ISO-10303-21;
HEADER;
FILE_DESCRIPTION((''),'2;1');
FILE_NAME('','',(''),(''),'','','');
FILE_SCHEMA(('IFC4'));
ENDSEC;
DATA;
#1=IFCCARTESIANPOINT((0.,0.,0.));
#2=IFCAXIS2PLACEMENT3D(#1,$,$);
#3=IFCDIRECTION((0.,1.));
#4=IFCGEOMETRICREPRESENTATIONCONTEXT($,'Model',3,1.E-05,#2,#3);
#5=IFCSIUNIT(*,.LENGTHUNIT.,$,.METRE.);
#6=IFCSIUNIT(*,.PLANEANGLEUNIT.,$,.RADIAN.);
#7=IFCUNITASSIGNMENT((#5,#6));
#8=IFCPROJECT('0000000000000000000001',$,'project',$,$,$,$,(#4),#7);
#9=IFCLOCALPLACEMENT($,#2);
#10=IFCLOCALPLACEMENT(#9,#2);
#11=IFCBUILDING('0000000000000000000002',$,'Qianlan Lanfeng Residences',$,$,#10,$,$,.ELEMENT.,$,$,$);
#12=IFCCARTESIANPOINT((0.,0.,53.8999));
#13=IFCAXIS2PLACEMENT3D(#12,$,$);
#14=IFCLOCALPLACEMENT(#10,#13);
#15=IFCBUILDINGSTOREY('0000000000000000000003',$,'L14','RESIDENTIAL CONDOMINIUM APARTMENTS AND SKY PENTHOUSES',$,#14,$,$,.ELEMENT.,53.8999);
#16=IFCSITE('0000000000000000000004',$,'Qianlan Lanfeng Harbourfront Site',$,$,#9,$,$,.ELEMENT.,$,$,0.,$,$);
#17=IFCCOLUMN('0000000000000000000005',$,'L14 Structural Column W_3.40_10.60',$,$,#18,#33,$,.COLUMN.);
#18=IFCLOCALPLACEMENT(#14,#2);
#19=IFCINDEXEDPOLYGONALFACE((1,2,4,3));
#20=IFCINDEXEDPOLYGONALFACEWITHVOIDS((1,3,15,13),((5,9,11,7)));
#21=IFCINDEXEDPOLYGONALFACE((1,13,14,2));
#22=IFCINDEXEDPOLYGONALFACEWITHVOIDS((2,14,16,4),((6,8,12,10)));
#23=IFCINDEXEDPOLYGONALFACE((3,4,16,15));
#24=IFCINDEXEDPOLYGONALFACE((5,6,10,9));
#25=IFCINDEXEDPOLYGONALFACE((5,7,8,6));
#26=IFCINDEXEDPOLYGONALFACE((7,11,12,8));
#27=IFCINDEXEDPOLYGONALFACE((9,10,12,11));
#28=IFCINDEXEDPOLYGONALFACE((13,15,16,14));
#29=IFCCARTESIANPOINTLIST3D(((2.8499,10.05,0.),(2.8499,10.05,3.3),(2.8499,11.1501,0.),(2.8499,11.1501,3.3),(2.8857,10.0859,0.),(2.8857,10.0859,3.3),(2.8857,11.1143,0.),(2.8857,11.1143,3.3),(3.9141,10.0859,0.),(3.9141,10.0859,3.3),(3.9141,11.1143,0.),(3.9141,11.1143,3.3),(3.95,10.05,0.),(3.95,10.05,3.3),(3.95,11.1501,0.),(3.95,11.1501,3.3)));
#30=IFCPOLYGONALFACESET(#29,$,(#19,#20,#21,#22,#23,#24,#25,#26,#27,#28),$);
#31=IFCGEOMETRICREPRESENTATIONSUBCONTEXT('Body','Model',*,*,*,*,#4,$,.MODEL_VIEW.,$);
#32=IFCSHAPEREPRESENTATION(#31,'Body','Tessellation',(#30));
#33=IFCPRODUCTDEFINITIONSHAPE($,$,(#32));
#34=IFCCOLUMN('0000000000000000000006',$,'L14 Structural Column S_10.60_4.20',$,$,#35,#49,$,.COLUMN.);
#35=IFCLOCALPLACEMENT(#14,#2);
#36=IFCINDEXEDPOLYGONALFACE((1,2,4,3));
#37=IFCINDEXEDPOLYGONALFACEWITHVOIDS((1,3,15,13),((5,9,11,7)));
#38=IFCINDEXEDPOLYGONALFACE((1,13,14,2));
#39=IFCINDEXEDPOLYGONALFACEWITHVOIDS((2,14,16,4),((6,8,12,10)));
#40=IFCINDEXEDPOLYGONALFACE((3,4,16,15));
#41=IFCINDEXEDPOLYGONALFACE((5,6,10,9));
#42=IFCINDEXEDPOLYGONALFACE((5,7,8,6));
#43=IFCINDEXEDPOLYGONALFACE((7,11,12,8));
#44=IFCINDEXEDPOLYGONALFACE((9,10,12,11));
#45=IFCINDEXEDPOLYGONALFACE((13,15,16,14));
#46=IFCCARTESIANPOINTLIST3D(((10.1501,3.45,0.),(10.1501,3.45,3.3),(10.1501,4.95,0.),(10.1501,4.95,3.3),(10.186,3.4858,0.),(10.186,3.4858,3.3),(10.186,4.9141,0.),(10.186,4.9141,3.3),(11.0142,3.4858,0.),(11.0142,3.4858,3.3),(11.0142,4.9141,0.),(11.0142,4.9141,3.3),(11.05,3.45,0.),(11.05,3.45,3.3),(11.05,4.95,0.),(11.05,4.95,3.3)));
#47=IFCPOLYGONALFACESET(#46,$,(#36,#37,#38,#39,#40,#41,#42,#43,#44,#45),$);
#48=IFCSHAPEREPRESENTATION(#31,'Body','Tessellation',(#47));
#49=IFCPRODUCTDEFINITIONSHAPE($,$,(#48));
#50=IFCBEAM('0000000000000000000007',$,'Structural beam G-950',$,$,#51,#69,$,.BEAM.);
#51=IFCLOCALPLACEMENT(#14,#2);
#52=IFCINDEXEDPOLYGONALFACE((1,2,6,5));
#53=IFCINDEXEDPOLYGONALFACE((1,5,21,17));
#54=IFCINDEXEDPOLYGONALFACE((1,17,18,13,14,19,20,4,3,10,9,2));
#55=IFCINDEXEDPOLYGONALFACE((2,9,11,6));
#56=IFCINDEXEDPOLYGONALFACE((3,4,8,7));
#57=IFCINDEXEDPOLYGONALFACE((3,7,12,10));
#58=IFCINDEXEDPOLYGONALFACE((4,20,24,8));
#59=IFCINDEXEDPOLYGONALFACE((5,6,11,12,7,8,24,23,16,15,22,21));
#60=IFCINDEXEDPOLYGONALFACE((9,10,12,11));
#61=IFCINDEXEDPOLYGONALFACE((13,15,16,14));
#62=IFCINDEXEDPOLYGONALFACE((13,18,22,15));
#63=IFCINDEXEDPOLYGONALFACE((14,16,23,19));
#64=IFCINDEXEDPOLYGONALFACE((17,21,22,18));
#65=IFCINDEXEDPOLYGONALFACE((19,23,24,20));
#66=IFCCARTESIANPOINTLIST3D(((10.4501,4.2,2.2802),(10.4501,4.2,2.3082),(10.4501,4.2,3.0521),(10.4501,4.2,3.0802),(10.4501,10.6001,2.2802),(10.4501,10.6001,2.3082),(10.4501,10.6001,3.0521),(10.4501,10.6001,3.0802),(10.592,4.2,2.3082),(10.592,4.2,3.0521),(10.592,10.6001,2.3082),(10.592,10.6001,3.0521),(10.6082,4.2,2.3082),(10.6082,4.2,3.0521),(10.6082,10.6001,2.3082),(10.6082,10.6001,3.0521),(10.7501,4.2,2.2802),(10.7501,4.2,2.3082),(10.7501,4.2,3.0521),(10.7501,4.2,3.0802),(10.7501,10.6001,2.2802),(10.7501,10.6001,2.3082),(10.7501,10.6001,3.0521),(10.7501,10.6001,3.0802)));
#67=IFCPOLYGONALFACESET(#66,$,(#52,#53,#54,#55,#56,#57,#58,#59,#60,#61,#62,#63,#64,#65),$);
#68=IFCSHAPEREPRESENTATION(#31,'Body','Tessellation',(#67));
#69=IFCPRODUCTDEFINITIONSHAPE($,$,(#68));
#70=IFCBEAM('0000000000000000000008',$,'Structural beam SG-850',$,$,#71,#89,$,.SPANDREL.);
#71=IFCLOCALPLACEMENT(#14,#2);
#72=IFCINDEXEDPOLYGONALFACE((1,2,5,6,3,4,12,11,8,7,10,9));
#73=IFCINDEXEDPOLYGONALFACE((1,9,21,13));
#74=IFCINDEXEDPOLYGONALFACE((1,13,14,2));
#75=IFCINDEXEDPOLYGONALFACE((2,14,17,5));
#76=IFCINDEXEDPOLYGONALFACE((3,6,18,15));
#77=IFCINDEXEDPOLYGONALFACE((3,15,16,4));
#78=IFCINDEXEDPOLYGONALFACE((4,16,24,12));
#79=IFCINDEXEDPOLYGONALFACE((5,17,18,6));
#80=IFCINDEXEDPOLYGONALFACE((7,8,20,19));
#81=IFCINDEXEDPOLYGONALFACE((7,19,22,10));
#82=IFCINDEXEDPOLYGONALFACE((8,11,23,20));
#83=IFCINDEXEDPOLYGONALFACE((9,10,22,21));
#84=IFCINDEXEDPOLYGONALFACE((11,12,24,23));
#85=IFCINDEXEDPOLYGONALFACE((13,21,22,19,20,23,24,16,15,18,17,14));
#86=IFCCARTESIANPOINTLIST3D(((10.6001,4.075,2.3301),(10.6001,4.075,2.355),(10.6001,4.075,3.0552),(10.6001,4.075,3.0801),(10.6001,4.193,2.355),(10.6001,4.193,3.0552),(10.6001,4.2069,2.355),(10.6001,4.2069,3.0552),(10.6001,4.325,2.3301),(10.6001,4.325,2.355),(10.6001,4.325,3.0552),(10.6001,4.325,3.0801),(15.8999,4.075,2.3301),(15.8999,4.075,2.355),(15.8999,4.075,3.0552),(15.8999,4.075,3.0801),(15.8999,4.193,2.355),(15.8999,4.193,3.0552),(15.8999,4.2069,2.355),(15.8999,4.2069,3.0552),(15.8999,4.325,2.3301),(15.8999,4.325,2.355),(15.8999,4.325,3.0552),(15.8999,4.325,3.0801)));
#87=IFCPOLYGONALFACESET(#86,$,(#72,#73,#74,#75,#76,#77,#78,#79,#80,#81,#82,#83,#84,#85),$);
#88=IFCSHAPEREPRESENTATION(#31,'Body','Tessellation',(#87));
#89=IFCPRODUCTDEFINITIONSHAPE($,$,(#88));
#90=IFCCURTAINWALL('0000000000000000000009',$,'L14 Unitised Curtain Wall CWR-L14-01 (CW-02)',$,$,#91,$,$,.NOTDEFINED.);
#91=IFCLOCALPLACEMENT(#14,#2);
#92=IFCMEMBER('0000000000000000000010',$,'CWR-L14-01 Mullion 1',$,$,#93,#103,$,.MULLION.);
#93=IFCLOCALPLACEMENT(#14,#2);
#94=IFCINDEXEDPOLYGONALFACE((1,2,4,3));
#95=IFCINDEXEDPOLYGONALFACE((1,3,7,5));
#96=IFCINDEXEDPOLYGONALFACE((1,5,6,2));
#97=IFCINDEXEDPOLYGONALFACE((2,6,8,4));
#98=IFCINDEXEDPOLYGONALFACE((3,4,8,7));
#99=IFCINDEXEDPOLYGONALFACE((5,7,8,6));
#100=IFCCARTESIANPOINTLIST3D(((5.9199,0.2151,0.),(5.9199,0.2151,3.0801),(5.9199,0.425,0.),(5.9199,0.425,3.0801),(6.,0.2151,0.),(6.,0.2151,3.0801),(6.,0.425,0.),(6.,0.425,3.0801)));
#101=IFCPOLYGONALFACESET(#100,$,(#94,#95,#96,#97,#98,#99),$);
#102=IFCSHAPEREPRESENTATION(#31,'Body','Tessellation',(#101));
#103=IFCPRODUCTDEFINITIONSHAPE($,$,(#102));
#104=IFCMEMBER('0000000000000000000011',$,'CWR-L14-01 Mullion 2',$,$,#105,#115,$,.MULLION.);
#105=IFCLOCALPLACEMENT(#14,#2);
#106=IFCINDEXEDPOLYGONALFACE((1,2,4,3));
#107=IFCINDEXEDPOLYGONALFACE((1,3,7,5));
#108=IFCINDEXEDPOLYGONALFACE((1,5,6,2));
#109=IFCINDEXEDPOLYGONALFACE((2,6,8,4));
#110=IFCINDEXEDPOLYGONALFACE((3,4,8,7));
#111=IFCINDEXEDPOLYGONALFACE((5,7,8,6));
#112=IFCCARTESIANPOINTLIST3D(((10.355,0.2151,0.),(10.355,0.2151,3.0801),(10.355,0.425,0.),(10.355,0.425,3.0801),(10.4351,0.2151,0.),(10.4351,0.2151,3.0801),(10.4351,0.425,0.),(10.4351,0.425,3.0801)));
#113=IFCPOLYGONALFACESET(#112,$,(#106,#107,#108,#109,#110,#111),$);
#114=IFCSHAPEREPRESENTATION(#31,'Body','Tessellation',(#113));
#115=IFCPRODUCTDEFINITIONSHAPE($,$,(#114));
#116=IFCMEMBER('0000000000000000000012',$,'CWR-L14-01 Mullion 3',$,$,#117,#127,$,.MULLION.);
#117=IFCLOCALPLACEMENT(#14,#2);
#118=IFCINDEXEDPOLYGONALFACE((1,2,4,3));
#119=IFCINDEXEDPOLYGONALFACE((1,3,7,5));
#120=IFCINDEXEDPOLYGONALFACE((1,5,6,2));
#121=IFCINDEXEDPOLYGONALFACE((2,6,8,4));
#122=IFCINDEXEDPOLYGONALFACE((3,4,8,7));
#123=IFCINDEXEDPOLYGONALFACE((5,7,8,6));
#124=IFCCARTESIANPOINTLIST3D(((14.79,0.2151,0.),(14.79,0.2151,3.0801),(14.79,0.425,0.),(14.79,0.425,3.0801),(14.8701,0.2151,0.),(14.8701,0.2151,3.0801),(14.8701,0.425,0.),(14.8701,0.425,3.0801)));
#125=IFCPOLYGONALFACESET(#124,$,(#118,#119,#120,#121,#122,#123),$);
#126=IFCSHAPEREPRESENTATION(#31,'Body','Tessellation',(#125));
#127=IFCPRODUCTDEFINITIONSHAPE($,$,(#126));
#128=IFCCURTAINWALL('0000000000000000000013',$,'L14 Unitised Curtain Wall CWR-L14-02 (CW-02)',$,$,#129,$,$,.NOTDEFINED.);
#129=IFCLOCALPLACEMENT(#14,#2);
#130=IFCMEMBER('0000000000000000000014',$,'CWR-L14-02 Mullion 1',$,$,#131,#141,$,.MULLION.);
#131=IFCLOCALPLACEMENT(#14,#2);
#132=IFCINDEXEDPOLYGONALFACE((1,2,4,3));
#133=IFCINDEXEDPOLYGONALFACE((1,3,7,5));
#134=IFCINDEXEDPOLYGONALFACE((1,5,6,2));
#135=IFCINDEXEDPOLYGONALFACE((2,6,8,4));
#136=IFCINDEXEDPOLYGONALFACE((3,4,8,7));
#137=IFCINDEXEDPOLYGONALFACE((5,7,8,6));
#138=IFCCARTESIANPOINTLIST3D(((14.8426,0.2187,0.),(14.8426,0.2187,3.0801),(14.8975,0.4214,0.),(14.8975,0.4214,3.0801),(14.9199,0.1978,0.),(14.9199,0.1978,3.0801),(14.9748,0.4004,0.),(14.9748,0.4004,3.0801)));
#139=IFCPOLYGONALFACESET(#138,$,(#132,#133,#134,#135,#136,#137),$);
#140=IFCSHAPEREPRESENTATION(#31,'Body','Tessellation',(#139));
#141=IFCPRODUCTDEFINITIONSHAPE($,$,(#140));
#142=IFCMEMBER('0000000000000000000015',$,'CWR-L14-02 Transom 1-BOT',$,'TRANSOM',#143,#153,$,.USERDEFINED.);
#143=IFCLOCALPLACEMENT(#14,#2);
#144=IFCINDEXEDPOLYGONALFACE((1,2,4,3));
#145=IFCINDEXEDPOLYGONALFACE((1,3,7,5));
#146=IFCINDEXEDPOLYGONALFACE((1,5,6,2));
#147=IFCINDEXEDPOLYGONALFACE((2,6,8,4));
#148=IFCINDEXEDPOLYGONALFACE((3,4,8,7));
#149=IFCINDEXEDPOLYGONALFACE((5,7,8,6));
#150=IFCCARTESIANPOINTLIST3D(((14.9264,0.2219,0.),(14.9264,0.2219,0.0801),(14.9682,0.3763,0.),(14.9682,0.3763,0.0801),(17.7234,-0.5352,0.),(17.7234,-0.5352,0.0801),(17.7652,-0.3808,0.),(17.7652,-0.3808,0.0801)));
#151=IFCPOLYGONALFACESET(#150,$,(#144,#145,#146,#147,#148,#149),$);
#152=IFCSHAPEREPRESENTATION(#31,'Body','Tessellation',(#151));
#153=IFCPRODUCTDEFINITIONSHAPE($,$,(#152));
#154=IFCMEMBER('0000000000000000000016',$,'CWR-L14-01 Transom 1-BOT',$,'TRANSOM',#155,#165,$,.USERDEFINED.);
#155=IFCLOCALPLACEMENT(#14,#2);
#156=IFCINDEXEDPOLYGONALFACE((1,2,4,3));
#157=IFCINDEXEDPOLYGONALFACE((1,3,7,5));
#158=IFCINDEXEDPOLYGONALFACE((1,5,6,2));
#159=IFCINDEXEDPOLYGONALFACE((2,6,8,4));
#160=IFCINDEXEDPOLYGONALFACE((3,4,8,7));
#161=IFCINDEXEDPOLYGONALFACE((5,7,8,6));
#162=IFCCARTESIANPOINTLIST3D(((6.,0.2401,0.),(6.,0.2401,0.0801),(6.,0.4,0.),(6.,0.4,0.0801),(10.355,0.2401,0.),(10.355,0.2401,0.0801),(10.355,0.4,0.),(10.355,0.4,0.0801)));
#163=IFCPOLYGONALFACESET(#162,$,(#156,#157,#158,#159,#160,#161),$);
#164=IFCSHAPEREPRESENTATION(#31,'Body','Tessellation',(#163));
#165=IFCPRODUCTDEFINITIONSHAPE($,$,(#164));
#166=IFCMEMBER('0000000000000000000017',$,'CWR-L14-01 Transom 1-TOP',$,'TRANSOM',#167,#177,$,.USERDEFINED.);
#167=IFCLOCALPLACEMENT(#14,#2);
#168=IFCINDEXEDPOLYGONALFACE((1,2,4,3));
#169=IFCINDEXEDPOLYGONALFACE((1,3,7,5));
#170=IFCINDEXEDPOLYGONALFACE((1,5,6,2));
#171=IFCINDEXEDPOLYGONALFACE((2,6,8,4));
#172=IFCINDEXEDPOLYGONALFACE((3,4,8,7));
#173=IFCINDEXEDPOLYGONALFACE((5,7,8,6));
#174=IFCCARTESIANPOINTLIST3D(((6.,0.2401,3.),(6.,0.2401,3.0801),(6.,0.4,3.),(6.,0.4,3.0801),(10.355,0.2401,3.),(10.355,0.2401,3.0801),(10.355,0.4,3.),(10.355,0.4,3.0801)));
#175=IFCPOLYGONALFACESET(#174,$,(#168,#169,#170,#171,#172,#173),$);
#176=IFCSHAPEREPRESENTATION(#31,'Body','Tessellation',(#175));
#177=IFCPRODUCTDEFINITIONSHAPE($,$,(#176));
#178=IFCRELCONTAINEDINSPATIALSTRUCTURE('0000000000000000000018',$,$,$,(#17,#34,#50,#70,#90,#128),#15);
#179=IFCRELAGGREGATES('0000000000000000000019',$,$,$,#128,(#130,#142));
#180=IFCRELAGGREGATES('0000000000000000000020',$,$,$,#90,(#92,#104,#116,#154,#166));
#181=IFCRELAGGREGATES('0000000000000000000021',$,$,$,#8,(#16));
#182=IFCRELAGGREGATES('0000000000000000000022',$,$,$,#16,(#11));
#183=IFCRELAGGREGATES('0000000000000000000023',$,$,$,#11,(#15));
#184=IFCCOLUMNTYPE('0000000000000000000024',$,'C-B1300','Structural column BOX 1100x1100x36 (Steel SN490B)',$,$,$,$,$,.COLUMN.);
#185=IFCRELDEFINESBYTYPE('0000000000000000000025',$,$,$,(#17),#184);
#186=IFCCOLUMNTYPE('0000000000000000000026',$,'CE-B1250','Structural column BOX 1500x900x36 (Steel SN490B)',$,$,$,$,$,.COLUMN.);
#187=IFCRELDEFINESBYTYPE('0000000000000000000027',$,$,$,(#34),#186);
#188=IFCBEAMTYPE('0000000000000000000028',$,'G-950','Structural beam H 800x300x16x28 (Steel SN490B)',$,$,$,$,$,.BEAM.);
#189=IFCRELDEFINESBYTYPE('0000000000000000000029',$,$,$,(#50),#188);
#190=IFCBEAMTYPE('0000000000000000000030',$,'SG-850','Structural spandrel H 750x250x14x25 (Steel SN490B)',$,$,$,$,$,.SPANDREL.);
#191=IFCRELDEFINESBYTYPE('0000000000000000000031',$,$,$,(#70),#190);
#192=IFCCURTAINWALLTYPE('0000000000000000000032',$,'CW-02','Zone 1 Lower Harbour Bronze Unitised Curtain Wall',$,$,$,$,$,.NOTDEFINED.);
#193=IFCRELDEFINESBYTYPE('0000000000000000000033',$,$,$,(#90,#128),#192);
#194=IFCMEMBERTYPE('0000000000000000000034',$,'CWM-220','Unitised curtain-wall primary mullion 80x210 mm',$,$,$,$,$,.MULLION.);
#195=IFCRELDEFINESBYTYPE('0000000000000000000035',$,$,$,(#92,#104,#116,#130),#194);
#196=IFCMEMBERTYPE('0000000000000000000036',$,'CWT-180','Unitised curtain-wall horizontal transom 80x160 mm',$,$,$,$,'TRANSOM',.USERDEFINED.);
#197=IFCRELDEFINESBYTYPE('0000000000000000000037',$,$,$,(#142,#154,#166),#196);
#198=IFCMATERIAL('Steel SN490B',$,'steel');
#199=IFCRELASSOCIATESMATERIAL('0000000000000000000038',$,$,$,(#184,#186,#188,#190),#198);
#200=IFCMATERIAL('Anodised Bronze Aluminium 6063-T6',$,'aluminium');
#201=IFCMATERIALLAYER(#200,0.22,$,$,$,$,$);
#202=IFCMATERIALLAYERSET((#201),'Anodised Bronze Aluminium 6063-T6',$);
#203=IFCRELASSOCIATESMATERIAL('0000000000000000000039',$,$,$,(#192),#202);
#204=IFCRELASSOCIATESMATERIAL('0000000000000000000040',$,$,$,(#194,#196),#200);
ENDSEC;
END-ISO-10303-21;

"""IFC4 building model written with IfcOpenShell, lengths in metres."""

from ifc_helpers import new_model, si_unit, direction, frame, origin, origin_2d, place, context, subcontext, project, spatial, rectangle, hollow_rectangle, i_section, extrude, source, transform, mapped, material, layer, layer_set, material_profile, profile_set, type_object, element, aggregate, save


model = new_model("IFC4")

# Units and contexts
model_context = context("Model", 3, precision=1e-05, world=origin(), true_north=direction((0.0, 1.0)))
body_context = subcontext(model_context, "Body", "Model", "MODEL_VIEW")
ifc_project = project(units=[si_unit("LENGTHUNIT", "METRE"), si_unit("PLANEANGLEUNIT", "RADIAN")], contexts=[model_context])

# Site, building, storey
site_placement = place(None, origin())
site = spatial("IfcSite", under=ifc_project, at=site_placement, Name="Qianlan Lanfeng Harbourfront Site", CompositionType="ELEMENT", RefElevation=0.0)
building_placement = place(site_placement, origin())
building = spatial("IfcBuilding", under=site, at=building_placement, Name="Qianlan Lanfeng Residences", CompositionType="ELEMENT")
storey_placement = place(building_placement, frame((0.0, 0.0, 53.8999)))
storey = spatial("IfcBuildingStorey", under=building, at=storey_placement, Name="L14", Description="RESIDENTIAL CONDOMINIUM APARTMENTS AND SKY PENTHOUSES", CompositionType="ELEMENT", Elevation=53.8999)

# Columns
ifc_material_1 = material(Name="Steel SN490B", Category="steel")
ifc_material_profile_1 = material_profile(ifc_material_1, hollow_rectangle(XDim=1.1001, YDim=1.1001, WallThickness=0.0359, at=origin_2d()), Name="BOX 1100x1100x36")
ifc_profile_set_1 = profile_set([ifc_material_profile_1], Name="Steel SN490B")
column_type_1 = type_object("IfcColumnType", Name="C-B1300", Description="Structural column BOX 1100x1100x36 (Steel SN490B)", PredefinedType="COLUMN", material=ifc_profile_set_1)
column_1_placement = place(storey_placement, frame((3.3999, 10.6001, 0.0), z_axis=(0.0, 0.0, 1.0), x_axis=(1.0, 0.0, 0.0)))
element("IfcColumn", 1, at=column_1_placement, inside=storey, type_object=column_type_1, Name="L14 Structural Column W_3.40_10.60", PredefinedType="COLUMN", context=body_context, shape_type="SweptSolid", body=[
    extrude(hollow_rectangle(XDim=1.1001, YDim=1.1001, WallThickness=0.0359, at=origin_2d()), origin(), (0.0, 0.0, 1.0), 3.3),
])
ifc_material_profile_2 = material_profile(ifc_material_1, hollow_rectangle(XDim=0.8999, YDim=1.5, WallThickness=0.0359, at=origin_2d()), Name="BOX 1500x900x36")
ifc_profile_set_2 = profile_set([ifc_material_profile_2], Name="Steel SN490B")
column_type_2 = type_object("IfcColumnType", Name="CE-B1250", Description="Structural column BOX 1500x900x36 (Steel SN490B)", PredefinedType="COLUMN", material=ifc_profile_set_2)
column_2_placement = place(storey_placement, frame((10.6001, 4.2, 0.0), z_axis=(0.0, 0.0, 1.0), x_axis=(1.0, 0.0, 0.0)))
element("IfcColumn", 2, at=column_2_placement, inside=storey, type_object=column_type_2, Name="L14 Structural Column S_10.60_4.20", PredefinedType="COLUMN", context=body_context, shape_type="SweptSolid", body=[
    extrude(hollow_rectangle(XDim=0.8999, YDim=1.5, WallThickness=0.0359, at=origin_2d()), origin(), (0.0, 0.0, 1.0), 3.3),
])

# Beams
ifc_material_profile_3 = material_profile(ifc_material_1, i_section(OverallWidth=0.3, OverallDepth=0.8, WebThickness=0.0161, FlangeThickness=0.0281, at=origin_2d()), Name="H 800x300x16x28")
ifc_profile_set_3 = profile_set([ifc_material_profile_3], Name="Steel SN490B")
beam_type_1 = type_object("IfcBeamType", Name="G-950", Description="Structural beam H 800x300x16x28 (Steel SN490B)", PredefinedType="BEAM", material=ifc_profile_set_3)
beam_1_placement = place(storey_placement, frame((10.6001, 4.2, 2.6802), z_axis=(0.0, 1.0, 0.0), x_axis=(-1.0, 0.0, 0.0)))
element("IfcBeam", 3, at=beam_1_placement, inside=storey, type_object=beam_type_1, Name="Structural beam G-950", PredefinedType="BEAM", context=body_context, shape_type="SweptSolid", body=[
    extrude(i_section(OverallWidth=0.3, OverallDepth=0.8, WebThickness=0.0161, FlangeThickness=0.0281, at=origin_2d()), origin(), (0.0, 0.0, 1.0), 6.4001),
])
ifc_material_profile_4 = material_profile(ifc_material_1, i_section(OverallWidth=0.25, OverallDepth=0.75, WebThickness=0.0139, FlangeThickness=0.0249, at=origin_2d()), Name="H 750x250x14x25")
ifc_profile_set_4 = profile_set([ifc_material_profile_4], Name="Steel SN490B")
beam_type_2 = type_object("IfcBeamType", Name="SG-850", Description="Structural spandrel H 750x250x14x25 (Steel SN490B)", PredefinedType="SPANDREL", material=ifc_profile_set_4)
beam_2_placement = place(storey_placement, frame((10.6001, 4.2, 2.7051), z_axis=(1.0, 0.0, 0.0), x_axis=(0.0, 1.0, 0.0)))
element("IfcBeam", 4, at=beam_2_placement, inside=storey, type_object=beam_type_2, Name="Structural beam SG-850", PredefinedType="SPANDREL", context=body_context, shape_type="SweptSolid", body=[
    extrude(i_section(OverallWidth=0.25, OverallDepth=0.75, WebThickness=0.0139, FlangeThickness=0.0249, at=origin_2d()), origin(), (0.0, 0.0, 1.0), 5.2998),
])

# Curtain walls, members
ifc_material_2 = material(Name="Anodised Bronze Aluminium 6063-T6", Category="aluminium")
ifc_layer_1 = layer(ifc_material_2, 0.22)
ifc_layer_set_1 = layer_set([ifc_layer_1], Name="Anodised Bronze Aluminium 6063-T6")
curtain_wall_type = type_object("IfcCurtainWallType", Name="CW-02", Description="Zone 1 Lower Harbour Bronze Unitised Curtain Wall", PredefinedType="NOTDEFINED", material=ifc_layer_set_1)
curtain_wall_1_placement = place(storey_placement, origin())
curtain_wall_1 = element("IfcCurtainWall", 5, at=curtain_wall_1_placement, inside=storey, type_object=curtain_wall_type, Name="L14 Unitised Curtain Wall CWR-L14-01 (CW-02)", PredefinedType="NOTDEFINED")
ifc_material_profile_5 = material_profile(ifc_material_2, rectangle(XDim=0.0801, YDim=0.21, at=origin_2d()), Name="ALU MULLION 80x210")
ifc_profile_set_5 = profile_set([ifc_material_profile_5], Name="Anodised Bronze Aluminium 6063-T6")
member_type_1 = type_object("IfcMemberType", Name="CWM-220", Description="Unitised curtain-wall primary mullion 80x210 mm", PredefinedType="MULLION", material=ifc_profile_set_5)
shared_shape_1 = source(origin(), body_context, "Body", "SweptSolid", [
    extrude(rectangle(XDim=0.0801, YDim=0.21, at=origin_2d()), origin(), (0.0, 0.0, 1.0), 3.0801),
])
member_1_placement = place(storey_placement, frame((5.96, 0.3201, 0.0), z_axis=(0.0, 0.0, 1.0), x_axis=(1.0, 0.0, 0.0)))
member_1 = element("IfcMember", 6, at=member_1_placement, type_object=member_type_1, Name="CWR-L14-01 Mullion 1", PredefinedType="MULLION", context=body_context, shape_type="MappedRepresentation", body=[
    mapped(shared_shape_1, transform((0.0, 0.0, 0.0), scale=1.0)),
])
member_2_placement = place(storey_placement, frame((10.395, 0.3201, 0.0), z_axis=(0.0, 0.0, 1.0), x_axis=(1.0, 0.0, 0.0)))
member_2 = element("IfcMember", 7, at=member_2_placement, type_object=member_type_1, Name="CWR-L14-01 Mullion 2", PredefinedType="MULLION", context=body_context, shape_type="MappedRepresentation", body=[
    mapped(shared_shape_1, transform((0.0, 0.0, 0.0), scale=1.0)),
])
member_3_placement = place(storey_placement, frame((14.8301, 0.3201, 0.0), z_axis=(0.0, 0.0, 1.0), x_axis=(1.0, 0.0, 0.0)))
member_3 = element("IfcMember", 8, at=member_3_placement, type_object=member_type_1, Name="CWR-L14-01 Mullion 3", PredefinedType="MULLION", context=body_context, shape_type="MappedRepresentation", body=[
    mapped(shared_shape_1, transform((0.0, 0.0, 0.0), scale=1.0)),
])
curtain_wall_2_placement = place(storey_placement, origin())
curtain_wall_2 = element("IfcCurtainWall", 9, at=curtain_wall_2_placement, inside=storey, type_object=curtain_wall_type, Name="L14 Unitised Curtain Wall CWR-L14-02 (CW-02)", PredefinedType="NOTDEFINED")
member_4_placement = place(storey_placement, frame((14.9087, 0.3096, 0.0), z_axis=(0.0, 0.0, 1.0), x_axis=(0.965263, -0.261281, 0.0)))
member_4 = element("IfcMember", 10, at=member_4_placement, type_object=member_type_1, Name="CWR-L14-02 Mullion 1", PredefinedType="MULLION", context=body_context, shape_type="MappedRepresentation", body=[
    mapped(shared_shape_1, transform((0.0, 0.0, 0.0), scale=1.0)),
])
ifc_material_profile_6 = material_profile(ifc_material_2, rectangle(XDim=0.0801, YDim=0.1599, at=origin_2d()), Name="ALU TRANSOM 80x160")
ifc_profile_set_6 = profile_set([ifc_material_profile_6], Name="Anodised Bronze Aluminium 6063-T6")
member_type_2 = type_object("IfcMemberType", Name="CWT-180", Description="Unitised curtain-wall horizontal transom 80x160 mm", ElementType="TRANSOM", PredefinedType="USERDEFINED", material=ifc_profile_set_6)
shared_shape_2 = source(origin(), body_context, "Body", "SweptSolid", [
    extrude(rectangle(XDim=0.0801, YDim=0.1599, at=origin_2d()), origin(), (0.0, 0.0, 1.0), 2.8977),
])
member_5_placement = place(storey_placement, frame((14.9473, 0.2991, 0.04), z_axis=(0.965268, -0.261263, 0.0), x_axis=(0.0, 0.0, 1.0)))
member_5 = element("IfcMember", 11, at=member_5_placement, type_object=member_type_2, Name="CWR-L14-02 Transom 1-BOT", ObjectType="TRANSOM", PredefinedType="USERDEFINED", context=body_context, shape_type="MappedRepresentation", body=[
    mapped(shared_shape_2, transform((0.0, 0.0, 0.0), scale=1.0)),
])
aggregate(curtain_wall_2, [member_4, member_5])

# Members
shared_shape_3 = source(origin(), body_context, "Body", "SweptSolid", [
    extrude(rectangle(XDim=0.0801, YDim=0.1599, at=origin_2d()), origin(), (0.0, 0.0, 1.0), 4.355),
])
member_6_placement = place(storey_placement, frame((6.0, 0.3201, 0.04), z_axis=(1.0, 0.0, 0.0), x_axis=(0.0, 0.0, 1.0)))
member_6 = element("IfcMember", 12, at=member_6_placement, type_object=member_type_2, Name="CWR-L14-01 Transom 1-BOT", ObjectType="TRANSOM", PredefinedType="USERDEFINED", context=body_context, shape_type="MappedRepresentation", body=[
    mapped(shared_shape_3, transform((0.0, 0.0, 0.0), scale=1.0)),
])
member_7_placement = place(storey_placement, frame((6.0, 0.3201, 3.04), z_axis=(1.0, 0.0, 0.0), x_axis=(0.0, 0.0, 1.0)))
member_7 = element("IfcMember", 13, at=member_7_placement, type_object=member_type_2, Name="CWR-L14-01 Transom 1-TOP", ObjectType="TRANSOM", PredefinedType="USERDEFINED", context=body_context, shape_type="MappedRepresentation", body=[
    mapped(shared_shape_3, transform((0.0, 0.0, 0.0), scale=1.0)),
])

aggregate(curtain_wall_1, [member_1, member_2, member_3, member_6, member_7])

save(model, "model.ifc")
